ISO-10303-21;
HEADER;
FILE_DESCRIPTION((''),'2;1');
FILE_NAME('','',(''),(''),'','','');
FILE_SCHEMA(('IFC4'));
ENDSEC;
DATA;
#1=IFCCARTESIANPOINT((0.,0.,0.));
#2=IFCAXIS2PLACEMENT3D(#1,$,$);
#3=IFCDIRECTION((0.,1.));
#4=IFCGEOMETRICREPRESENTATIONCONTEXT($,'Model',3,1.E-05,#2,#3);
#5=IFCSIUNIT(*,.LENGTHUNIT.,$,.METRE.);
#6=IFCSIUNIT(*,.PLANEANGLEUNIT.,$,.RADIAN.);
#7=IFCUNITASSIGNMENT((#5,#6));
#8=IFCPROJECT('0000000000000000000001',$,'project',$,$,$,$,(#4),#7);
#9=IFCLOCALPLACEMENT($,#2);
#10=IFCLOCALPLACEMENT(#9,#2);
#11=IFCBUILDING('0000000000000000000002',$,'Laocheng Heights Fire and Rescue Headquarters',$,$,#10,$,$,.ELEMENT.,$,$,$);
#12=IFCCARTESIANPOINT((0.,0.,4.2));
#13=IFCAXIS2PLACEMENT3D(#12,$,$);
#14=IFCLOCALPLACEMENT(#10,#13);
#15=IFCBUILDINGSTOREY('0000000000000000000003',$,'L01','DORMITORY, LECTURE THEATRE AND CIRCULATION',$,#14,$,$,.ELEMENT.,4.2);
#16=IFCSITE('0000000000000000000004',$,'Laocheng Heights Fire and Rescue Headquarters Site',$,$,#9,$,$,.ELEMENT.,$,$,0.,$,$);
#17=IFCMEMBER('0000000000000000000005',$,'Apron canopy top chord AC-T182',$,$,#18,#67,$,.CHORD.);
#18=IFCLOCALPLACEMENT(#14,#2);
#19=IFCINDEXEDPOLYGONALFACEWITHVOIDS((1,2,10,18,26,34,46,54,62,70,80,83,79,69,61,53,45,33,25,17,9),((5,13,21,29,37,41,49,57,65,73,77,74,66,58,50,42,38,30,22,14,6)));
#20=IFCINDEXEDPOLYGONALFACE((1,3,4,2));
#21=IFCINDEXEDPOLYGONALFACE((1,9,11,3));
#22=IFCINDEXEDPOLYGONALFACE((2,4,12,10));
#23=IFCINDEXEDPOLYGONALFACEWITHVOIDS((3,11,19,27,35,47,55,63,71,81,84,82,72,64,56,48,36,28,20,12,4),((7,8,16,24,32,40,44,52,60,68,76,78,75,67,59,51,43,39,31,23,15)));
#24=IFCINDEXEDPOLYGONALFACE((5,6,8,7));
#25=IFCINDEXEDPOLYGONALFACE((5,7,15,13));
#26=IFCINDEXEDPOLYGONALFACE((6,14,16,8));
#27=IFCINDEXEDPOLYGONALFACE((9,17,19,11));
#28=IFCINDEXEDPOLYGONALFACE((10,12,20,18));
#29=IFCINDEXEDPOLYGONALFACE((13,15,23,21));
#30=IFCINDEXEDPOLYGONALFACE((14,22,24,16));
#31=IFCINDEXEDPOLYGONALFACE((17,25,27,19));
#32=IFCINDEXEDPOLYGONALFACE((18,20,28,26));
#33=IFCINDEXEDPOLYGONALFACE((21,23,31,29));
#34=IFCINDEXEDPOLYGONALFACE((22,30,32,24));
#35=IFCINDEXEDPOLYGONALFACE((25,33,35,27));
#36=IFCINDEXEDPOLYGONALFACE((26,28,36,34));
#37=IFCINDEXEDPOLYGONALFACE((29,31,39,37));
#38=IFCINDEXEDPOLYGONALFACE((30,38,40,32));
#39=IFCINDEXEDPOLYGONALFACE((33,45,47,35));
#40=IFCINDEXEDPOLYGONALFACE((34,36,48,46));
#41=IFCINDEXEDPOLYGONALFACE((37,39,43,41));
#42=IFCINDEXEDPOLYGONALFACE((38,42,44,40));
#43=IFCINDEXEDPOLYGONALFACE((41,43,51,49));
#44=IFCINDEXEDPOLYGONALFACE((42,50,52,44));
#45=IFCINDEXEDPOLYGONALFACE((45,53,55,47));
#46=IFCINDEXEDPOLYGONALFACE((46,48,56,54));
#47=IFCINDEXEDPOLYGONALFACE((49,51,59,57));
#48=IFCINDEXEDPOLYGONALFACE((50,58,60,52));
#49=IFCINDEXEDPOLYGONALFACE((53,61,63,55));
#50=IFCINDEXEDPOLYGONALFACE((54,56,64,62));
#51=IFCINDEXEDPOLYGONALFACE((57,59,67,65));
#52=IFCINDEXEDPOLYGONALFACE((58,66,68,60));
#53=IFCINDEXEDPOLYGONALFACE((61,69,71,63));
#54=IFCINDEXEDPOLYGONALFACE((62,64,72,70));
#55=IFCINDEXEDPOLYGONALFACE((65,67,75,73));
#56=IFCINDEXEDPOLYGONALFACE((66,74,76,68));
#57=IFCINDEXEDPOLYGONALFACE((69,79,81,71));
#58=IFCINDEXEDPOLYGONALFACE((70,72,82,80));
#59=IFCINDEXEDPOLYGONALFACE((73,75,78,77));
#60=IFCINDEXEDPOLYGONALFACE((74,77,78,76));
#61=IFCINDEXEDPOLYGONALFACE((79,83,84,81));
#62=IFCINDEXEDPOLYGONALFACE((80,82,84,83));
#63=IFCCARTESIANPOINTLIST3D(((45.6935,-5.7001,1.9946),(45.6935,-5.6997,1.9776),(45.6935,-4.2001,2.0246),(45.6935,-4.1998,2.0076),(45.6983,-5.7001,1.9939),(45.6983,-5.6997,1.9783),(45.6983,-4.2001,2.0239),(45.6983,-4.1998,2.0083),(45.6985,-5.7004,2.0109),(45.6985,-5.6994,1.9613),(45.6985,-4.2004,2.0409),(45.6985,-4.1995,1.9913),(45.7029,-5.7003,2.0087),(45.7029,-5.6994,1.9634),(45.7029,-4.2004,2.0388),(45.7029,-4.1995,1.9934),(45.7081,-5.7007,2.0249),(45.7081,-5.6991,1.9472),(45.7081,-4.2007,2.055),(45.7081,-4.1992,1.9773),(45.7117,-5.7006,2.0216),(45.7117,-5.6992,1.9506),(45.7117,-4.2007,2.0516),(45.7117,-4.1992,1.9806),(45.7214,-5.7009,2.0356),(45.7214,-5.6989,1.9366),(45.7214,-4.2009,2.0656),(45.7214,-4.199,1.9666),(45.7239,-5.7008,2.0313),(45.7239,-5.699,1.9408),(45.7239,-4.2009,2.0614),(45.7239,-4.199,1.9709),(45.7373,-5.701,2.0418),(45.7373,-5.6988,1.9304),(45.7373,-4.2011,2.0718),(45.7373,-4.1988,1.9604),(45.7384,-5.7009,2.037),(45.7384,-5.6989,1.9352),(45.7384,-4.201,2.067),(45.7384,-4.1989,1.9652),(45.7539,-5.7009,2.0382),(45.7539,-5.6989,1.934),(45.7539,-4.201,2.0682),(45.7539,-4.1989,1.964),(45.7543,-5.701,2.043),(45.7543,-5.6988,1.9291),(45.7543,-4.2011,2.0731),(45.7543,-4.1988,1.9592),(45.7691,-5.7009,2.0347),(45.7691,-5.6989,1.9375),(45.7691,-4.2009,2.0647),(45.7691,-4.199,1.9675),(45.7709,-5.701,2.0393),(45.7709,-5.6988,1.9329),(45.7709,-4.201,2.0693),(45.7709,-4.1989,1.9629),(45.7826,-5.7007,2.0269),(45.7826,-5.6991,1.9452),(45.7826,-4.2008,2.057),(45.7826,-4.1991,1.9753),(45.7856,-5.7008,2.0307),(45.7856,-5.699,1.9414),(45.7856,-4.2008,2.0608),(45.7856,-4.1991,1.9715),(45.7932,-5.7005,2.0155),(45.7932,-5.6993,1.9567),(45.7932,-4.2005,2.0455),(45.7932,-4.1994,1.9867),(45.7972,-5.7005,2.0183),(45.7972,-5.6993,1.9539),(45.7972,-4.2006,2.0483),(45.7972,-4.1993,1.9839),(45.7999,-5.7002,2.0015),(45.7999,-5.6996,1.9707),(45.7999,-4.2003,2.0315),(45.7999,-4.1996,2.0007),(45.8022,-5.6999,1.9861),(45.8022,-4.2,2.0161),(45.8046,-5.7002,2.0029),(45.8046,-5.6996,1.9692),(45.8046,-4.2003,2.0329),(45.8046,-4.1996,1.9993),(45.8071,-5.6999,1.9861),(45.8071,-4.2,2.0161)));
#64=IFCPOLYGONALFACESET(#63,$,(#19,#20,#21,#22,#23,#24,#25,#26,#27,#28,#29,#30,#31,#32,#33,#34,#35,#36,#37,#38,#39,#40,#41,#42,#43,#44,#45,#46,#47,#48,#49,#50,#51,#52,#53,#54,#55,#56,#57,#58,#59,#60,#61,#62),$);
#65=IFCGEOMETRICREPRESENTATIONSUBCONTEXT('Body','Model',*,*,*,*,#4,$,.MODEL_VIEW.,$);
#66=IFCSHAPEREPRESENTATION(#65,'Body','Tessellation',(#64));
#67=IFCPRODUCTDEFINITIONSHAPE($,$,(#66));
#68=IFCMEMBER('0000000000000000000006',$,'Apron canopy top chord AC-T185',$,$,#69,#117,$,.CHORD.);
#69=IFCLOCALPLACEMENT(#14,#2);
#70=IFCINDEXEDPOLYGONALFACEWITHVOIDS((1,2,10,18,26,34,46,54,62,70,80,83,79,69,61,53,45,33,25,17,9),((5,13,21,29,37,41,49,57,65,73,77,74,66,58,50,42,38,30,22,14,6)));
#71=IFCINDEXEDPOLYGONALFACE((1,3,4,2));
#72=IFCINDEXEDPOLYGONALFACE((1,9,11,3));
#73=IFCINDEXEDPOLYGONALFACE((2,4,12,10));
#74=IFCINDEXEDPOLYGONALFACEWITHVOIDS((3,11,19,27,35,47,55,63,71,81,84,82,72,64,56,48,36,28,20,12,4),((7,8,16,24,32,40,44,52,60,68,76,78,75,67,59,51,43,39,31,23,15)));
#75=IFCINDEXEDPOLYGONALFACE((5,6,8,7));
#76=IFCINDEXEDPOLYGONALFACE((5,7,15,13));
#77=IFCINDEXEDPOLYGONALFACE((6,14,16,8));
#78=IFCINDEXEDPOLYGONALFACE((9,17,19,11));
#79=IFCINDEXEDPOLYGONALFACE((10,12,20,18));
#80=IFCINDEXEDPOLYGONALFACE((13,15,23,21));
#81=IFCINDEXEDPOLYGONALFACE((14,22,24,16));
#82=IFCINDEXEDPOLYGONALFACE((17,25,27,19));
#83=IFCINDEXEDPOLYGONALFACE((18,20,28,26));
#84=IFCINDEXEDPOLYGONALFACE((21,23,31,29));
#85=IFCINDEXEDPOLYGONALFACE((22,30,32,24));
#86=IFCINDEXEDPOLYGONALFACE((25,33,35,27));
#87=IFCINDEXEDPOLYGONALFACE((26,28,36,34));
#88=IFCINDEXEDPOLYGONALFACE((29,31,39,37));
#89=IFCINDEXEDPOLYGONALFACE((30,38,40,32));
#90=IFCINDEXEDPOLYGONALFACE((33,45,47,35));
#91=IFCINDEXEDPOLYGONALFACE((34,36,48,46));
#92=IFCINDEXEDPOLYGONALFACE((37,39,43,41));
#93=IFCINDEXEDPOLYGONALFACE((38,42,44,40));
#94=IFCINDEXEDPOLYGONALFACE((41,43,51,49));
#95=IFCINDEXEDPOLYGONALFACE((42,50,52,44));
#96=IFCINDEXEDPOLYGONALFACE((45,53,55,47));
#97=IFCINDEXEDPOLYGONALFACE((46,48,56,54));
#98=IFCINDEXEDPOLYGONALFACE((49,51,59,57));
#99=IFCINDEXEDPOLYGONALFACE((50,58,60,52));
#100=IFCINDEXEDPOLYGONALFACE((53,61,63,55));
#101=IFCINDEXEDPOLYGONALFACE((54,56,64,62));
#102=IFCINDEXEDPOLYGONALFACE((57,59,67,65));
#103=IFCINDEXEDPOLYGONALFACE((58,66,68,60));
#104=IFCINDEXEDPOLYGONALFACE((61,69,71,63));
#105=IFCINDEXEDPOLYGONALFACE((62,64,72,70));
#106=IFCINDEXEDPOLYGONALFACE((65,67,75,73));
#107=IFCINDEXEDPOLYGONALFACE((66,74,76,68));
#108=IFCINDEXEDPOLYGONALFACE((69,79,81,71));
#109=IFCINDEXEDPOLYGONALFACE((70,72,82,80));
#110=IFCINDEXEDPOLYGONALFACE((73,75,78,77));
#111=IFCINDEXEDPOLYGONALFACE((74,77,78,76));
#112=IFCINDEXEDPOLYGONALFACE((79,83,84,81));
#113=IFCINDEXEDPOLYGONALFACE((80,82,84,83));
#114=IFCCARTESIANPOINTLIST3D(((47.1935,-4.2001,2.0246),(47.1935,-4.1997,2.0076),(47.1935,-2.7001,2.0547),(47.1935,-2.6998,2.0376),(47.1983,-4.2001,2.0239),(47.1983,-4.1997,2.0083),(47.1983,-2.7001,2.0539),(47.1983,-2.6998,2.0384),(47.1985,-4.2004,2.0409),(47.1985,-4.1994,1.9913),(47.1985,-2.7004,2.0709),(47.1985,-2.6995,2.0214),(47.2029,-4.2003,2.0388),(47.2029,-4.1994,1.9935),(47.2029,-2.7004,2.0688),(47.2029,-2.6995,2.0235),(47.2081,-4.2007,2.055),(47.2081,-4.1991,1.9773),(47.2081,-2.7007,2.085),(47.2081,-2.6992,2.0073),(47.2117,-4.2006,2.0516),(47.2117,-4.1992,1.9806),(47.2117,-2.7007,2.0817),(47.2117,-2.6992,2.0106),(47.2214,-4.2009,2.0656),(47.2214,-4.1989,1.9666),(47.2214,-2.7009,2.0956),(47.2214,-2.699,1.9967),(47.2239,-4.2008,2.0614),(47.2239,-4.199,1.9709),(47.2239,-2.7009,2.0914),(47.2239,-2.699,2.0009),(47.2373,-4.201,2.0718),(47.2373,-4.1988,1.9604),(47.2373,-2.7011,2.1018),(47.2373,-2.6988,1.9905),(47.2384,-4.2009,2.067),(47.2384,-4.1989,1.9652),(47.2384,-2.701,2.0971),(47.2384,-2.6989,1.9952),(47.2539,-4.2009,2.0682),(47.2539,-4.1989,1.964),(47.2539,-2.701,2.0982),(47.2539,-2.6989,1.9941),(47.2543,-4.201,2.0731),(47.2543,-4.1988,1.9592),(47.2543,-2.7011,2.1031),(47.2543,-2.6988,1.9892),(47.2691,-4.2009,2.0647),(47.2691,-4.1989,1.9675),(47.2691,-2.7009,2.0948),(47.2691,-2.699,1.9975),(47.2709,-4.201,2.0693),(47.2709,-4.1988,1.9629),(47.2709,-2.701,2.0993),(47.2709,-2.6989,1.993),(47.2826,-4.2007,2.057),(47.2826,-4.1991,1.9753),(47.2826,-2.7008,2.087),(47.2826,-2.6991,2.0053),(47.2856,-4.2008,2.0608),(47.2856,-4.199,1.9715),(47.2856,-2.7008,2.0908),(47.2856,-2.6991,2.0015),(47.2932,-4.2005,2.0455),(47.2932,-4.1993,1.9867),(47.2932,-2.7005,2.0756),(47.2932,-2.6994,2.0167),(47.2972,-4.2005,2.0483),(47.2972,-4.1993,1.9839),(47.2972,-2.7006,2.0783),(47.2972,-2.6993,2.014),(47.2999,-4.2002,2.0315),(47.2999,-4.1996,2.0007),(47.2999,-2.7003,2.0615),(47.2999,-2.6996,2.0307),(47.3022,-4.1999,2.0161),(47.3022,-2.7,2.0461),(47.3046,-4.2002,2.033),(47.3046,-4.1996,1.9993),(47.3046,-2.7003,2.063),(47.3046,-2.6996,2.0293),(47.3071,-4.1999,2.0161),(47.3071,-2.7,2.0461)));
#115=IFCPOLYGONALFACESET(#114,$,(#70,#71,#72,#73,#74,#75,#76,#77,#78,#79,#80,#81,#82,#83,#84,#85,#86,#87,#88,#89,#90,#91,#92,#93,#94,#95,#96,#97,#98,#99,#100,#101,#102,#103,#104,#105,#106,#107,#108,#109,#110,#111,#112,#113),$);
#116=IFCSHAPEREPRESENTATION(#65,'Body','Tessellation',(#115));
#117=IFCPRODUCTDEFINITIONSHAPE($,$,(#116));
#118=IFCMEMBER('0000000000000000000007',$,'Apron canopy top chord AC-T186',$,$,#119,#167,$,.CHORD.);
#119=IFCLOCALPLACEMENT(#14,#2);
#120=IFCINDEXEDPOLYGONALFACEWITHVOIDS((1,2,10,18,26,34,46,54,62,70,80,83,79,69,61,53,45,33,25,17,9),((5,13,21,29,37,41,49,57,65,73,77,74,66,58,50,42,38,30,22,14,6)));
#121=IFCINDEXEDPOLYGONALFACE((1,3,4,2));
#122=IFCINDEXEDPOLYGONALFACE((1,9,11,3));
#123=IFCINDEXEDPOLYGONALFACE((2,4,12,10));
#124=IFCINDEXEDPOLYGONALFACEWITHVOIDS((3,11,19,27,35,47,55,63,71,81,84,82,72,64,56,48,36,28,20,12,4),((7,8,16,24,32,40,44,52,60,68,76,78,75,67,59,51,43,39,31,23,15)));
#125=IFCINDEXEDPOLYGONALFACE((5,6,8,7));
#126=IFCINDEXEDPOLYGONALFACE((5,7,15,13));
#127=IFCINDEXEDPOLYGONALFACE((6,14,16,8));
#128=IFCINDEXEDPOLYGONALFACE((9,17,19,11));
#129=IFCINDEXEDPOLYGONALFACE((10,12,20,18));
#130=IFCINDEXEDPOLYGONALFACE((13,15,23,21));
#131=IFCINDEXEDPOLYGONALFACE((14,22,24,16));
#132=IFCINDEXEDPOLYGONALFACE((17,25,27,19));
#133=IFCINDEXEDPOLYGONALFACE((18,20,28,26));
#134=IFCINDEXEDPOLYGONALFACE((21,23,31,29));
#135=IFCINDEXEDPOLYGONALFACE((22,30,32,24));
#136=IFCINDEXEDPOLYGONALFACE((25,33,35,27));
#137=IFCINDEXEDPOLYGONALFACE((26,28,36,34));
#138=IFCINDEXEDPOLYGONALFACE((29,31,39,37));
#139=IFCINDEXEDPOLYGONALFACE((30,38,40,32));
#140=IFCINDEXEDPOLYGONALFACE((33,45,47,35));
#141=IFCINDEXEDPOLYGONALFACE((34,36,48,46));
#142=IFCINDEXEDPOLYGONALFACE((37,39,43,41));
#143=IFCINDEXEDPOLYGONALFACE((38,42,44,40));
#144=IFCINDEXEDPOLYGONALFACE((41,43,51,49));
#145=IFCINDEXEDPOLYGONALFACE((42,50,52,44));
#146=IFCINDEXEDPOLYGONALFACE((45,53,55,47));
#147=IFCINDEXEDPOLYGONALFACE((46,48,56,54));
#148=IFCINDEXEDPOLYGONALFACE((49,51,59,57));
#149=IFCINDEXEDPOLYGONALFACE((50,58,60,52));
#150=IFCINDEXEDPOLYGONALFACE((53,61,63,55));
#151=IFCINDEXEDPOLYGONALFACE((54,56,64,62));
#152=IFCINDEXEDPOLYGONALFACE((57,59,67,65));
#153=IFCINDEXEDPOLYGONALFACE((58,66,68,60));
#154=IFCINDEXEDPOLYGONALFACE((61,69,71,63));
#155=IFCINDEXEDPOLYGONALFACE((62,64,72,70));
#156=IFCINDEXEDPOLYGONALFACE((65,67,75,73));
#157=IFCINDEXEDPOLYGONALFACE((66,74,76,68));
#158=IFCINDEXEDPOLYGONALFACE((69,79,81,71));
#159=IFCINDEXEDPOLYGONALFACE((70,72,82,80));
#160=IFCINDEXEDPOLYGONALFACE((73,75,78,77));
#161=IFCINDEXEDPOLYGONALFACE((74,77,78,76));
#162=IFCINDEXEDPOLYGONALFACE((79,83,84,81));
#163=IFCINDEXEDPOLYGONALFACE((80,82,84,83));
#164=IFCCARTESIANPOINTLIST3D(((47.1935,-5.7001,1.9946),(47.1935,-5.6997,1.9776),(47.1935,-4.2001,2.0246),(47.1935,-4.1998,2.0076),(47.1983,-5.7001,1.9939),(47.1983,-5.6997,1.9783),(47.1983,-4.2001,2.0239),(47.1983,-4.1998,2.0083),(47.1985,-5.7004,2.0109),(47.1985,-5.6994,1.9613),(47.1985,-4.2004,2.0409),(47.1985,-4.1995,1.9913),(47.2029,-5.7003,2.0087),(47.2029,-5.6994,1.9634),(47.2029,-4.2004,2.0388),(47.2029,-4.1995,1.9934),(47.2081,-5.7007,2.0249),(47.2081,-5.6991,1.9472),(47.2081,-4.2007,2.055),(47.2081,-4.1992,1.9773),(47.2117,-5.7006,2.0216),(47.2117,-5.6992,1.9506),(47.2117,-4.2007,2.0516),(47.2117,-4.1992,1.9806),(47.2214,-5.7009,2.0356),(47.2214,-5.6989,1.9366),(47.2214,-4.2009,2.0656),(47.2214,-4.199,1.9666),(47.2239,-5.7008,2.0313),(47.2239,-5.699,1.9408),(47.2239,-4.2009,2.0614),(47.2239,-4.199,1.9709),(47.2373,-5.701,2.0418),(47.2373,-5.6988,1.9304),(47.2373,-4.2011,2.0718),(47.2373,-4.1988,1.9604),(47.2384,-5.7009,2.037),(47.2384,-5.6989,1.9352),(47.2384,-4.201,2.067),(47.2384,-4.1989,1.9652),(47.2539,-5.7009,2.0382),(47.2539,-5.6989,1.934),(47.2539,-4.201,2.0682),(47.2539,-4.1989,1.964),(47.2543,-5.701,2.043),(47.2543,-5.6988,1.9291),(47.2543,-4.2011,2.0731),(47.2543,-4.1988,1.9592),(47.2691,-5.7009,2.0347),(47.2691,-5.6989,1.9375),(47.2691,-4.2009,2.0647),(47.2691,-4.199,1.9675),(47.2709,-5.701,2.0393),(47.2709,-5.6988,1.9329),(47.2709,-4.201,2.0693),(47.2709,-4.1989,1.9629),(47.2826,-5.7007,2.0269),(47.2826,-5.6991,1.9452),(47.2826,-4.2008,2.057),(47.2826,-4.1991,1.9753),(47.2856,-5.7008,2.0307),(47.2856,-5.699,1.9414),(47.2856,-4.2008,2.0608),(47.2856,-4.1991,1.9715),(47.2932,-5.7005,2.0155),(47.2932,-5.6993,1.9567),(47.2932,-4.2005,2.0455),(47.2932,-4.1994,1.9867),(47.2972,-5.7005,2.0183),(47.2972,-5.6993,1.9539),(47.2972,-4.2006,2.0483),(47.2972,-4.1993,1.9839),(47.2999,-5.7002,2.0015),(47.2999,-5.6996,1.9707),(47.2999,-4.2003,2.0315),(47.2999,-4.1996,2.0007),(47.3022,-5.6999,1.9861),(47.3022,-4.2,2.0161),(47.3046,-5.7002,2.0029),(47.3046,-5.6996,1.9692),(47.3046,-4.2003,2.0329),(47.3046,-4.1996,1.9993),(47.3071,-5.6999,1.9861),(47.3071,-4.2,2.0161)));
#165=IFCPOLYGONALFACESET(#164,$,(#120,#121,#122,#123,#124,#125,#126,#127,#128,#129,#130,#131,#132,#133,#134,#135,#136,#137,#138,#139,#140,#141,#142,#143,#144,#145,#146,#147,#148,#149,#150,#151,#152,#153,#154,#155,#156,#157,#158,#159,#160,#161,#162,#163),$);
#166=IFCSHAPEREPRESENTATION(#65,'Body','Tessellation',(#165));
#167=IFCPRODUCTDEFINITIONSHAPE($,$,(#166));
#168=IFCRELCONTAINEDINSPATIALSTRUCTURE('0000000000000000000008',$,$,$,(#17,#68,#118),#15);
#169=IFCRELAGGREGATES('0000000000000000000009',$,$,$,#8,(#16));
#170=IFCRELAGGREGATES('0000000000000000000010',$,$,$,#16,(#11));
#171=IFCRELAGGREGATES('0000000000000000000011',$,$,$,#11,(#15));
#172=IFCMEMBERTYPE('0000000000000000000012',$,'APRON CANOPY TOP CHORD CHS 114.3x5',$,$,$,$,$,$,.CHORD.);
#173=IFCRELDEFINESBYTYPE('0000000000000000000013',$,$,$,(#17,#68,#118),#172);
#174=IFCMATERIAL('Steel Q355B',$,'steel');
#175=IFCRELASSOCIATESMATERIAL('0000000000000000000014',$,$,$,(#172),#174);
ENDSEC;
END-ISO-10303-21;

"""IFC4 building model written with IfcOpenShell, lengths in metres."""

from ifc_helpers import new_model, si_unit, direction, frame, origin, origin_2d, place, context, subcontext, project, spatial, hollow_circle, extrude, material, material_profile, profile_set, type_object, element, save


model = new_model("IFC4")

# Units and contexts
model_context = context("Model", 3, precision=1e-05, world=origin(), true_north=direction((0.0, 1.0)))
body_context = subcontext(model_context, "Body", "Model", "MODEL_VIEW")
ifc_project = project(units=[si_unit("LENGTHUNIT", "METRE"), si_unit("PLANEANGLEUNIT", "RADIAN")], contexts=[model_context])

# Site, building, storey
site_placement = place(None, origin())
site = spatial("IfcSite", under=ifc_project, at=site_placement, Name="Laocheng Heights Fire and Rescue Headquarters Site", CompositionType="ELEMENT", RefElevation=0.0)
building_placement = place(site_placement, origin())
building = spatial("IfcBuilding", under=site, at=building_placement, Name="Laocheng Heights Fire and Rescue Headquarters", CompositionType="ELEMENT")
storey_placement = place(building_placement, frame((0.0, 0.0, 4.2)))
storey = spatial("IfcBuildingStorey", under=building, at=storey_placement, Name="L01", Description="DORMITORY, LECTURE THEATRE AND CIRCULATION", CompositionType="ELEMENT", Elevation=4.2)

# Members
ifc_material_1 = material(Name="Steel Q355B", Category="steel")
ifc_material_profile_1 = material_profile(ifc_material_1, hollow_circle(Radius=0.0571, WallThickness=0.0049, at=origin_2d()), Name="CHS 114.3x5")
ifc_profile_set_1 = profile_set([ifc_material_profile_1], Name="Steel Q355B")
member_type = type_object("IfcMemberType", Name="APRON CANOPY TOP CHORD CHS 114.3x5", PredefinedType="CHORD", material=ifc_profile_set_1)
for number, where, z_axis, x_axis, name in (
    (1, (45.75, -4.2, 2.0161), (0.0, -0.9998, -0.020016), (1.0, 0.0, 0.0), "Apron canopy top chord AC-T182"),
    (2, (47.25, -2.7, 2.0461), (0.0, -0.9998, -0.020016), (1.0, 0.0, 0.0), "Apron canopy top chord AC-T185"),
    (3, (47.25, -4.2, 2.0161), (0.0, -0.9998, -0.020016), (1.0, 0.0, 0.0), "Apron canopy top chord AC-T186"),
):
    element("IfcMember", number, at=place(storey_placement, frame(where, z_axis=z_axis, x_axis=x_axis)), inside=storey, type_object=member_type, Name=name, PredefinedType="CHORD", context=body_context, shape_type="SweptSolid", body=[
        extrude(hollow_circle(Radius=0.0571, WallThickness=0.0049, at=origin_2d()), origin(), (0.0, 0.0, 1.0), 1.5002),
    ])

save(model, "model.ifc")
